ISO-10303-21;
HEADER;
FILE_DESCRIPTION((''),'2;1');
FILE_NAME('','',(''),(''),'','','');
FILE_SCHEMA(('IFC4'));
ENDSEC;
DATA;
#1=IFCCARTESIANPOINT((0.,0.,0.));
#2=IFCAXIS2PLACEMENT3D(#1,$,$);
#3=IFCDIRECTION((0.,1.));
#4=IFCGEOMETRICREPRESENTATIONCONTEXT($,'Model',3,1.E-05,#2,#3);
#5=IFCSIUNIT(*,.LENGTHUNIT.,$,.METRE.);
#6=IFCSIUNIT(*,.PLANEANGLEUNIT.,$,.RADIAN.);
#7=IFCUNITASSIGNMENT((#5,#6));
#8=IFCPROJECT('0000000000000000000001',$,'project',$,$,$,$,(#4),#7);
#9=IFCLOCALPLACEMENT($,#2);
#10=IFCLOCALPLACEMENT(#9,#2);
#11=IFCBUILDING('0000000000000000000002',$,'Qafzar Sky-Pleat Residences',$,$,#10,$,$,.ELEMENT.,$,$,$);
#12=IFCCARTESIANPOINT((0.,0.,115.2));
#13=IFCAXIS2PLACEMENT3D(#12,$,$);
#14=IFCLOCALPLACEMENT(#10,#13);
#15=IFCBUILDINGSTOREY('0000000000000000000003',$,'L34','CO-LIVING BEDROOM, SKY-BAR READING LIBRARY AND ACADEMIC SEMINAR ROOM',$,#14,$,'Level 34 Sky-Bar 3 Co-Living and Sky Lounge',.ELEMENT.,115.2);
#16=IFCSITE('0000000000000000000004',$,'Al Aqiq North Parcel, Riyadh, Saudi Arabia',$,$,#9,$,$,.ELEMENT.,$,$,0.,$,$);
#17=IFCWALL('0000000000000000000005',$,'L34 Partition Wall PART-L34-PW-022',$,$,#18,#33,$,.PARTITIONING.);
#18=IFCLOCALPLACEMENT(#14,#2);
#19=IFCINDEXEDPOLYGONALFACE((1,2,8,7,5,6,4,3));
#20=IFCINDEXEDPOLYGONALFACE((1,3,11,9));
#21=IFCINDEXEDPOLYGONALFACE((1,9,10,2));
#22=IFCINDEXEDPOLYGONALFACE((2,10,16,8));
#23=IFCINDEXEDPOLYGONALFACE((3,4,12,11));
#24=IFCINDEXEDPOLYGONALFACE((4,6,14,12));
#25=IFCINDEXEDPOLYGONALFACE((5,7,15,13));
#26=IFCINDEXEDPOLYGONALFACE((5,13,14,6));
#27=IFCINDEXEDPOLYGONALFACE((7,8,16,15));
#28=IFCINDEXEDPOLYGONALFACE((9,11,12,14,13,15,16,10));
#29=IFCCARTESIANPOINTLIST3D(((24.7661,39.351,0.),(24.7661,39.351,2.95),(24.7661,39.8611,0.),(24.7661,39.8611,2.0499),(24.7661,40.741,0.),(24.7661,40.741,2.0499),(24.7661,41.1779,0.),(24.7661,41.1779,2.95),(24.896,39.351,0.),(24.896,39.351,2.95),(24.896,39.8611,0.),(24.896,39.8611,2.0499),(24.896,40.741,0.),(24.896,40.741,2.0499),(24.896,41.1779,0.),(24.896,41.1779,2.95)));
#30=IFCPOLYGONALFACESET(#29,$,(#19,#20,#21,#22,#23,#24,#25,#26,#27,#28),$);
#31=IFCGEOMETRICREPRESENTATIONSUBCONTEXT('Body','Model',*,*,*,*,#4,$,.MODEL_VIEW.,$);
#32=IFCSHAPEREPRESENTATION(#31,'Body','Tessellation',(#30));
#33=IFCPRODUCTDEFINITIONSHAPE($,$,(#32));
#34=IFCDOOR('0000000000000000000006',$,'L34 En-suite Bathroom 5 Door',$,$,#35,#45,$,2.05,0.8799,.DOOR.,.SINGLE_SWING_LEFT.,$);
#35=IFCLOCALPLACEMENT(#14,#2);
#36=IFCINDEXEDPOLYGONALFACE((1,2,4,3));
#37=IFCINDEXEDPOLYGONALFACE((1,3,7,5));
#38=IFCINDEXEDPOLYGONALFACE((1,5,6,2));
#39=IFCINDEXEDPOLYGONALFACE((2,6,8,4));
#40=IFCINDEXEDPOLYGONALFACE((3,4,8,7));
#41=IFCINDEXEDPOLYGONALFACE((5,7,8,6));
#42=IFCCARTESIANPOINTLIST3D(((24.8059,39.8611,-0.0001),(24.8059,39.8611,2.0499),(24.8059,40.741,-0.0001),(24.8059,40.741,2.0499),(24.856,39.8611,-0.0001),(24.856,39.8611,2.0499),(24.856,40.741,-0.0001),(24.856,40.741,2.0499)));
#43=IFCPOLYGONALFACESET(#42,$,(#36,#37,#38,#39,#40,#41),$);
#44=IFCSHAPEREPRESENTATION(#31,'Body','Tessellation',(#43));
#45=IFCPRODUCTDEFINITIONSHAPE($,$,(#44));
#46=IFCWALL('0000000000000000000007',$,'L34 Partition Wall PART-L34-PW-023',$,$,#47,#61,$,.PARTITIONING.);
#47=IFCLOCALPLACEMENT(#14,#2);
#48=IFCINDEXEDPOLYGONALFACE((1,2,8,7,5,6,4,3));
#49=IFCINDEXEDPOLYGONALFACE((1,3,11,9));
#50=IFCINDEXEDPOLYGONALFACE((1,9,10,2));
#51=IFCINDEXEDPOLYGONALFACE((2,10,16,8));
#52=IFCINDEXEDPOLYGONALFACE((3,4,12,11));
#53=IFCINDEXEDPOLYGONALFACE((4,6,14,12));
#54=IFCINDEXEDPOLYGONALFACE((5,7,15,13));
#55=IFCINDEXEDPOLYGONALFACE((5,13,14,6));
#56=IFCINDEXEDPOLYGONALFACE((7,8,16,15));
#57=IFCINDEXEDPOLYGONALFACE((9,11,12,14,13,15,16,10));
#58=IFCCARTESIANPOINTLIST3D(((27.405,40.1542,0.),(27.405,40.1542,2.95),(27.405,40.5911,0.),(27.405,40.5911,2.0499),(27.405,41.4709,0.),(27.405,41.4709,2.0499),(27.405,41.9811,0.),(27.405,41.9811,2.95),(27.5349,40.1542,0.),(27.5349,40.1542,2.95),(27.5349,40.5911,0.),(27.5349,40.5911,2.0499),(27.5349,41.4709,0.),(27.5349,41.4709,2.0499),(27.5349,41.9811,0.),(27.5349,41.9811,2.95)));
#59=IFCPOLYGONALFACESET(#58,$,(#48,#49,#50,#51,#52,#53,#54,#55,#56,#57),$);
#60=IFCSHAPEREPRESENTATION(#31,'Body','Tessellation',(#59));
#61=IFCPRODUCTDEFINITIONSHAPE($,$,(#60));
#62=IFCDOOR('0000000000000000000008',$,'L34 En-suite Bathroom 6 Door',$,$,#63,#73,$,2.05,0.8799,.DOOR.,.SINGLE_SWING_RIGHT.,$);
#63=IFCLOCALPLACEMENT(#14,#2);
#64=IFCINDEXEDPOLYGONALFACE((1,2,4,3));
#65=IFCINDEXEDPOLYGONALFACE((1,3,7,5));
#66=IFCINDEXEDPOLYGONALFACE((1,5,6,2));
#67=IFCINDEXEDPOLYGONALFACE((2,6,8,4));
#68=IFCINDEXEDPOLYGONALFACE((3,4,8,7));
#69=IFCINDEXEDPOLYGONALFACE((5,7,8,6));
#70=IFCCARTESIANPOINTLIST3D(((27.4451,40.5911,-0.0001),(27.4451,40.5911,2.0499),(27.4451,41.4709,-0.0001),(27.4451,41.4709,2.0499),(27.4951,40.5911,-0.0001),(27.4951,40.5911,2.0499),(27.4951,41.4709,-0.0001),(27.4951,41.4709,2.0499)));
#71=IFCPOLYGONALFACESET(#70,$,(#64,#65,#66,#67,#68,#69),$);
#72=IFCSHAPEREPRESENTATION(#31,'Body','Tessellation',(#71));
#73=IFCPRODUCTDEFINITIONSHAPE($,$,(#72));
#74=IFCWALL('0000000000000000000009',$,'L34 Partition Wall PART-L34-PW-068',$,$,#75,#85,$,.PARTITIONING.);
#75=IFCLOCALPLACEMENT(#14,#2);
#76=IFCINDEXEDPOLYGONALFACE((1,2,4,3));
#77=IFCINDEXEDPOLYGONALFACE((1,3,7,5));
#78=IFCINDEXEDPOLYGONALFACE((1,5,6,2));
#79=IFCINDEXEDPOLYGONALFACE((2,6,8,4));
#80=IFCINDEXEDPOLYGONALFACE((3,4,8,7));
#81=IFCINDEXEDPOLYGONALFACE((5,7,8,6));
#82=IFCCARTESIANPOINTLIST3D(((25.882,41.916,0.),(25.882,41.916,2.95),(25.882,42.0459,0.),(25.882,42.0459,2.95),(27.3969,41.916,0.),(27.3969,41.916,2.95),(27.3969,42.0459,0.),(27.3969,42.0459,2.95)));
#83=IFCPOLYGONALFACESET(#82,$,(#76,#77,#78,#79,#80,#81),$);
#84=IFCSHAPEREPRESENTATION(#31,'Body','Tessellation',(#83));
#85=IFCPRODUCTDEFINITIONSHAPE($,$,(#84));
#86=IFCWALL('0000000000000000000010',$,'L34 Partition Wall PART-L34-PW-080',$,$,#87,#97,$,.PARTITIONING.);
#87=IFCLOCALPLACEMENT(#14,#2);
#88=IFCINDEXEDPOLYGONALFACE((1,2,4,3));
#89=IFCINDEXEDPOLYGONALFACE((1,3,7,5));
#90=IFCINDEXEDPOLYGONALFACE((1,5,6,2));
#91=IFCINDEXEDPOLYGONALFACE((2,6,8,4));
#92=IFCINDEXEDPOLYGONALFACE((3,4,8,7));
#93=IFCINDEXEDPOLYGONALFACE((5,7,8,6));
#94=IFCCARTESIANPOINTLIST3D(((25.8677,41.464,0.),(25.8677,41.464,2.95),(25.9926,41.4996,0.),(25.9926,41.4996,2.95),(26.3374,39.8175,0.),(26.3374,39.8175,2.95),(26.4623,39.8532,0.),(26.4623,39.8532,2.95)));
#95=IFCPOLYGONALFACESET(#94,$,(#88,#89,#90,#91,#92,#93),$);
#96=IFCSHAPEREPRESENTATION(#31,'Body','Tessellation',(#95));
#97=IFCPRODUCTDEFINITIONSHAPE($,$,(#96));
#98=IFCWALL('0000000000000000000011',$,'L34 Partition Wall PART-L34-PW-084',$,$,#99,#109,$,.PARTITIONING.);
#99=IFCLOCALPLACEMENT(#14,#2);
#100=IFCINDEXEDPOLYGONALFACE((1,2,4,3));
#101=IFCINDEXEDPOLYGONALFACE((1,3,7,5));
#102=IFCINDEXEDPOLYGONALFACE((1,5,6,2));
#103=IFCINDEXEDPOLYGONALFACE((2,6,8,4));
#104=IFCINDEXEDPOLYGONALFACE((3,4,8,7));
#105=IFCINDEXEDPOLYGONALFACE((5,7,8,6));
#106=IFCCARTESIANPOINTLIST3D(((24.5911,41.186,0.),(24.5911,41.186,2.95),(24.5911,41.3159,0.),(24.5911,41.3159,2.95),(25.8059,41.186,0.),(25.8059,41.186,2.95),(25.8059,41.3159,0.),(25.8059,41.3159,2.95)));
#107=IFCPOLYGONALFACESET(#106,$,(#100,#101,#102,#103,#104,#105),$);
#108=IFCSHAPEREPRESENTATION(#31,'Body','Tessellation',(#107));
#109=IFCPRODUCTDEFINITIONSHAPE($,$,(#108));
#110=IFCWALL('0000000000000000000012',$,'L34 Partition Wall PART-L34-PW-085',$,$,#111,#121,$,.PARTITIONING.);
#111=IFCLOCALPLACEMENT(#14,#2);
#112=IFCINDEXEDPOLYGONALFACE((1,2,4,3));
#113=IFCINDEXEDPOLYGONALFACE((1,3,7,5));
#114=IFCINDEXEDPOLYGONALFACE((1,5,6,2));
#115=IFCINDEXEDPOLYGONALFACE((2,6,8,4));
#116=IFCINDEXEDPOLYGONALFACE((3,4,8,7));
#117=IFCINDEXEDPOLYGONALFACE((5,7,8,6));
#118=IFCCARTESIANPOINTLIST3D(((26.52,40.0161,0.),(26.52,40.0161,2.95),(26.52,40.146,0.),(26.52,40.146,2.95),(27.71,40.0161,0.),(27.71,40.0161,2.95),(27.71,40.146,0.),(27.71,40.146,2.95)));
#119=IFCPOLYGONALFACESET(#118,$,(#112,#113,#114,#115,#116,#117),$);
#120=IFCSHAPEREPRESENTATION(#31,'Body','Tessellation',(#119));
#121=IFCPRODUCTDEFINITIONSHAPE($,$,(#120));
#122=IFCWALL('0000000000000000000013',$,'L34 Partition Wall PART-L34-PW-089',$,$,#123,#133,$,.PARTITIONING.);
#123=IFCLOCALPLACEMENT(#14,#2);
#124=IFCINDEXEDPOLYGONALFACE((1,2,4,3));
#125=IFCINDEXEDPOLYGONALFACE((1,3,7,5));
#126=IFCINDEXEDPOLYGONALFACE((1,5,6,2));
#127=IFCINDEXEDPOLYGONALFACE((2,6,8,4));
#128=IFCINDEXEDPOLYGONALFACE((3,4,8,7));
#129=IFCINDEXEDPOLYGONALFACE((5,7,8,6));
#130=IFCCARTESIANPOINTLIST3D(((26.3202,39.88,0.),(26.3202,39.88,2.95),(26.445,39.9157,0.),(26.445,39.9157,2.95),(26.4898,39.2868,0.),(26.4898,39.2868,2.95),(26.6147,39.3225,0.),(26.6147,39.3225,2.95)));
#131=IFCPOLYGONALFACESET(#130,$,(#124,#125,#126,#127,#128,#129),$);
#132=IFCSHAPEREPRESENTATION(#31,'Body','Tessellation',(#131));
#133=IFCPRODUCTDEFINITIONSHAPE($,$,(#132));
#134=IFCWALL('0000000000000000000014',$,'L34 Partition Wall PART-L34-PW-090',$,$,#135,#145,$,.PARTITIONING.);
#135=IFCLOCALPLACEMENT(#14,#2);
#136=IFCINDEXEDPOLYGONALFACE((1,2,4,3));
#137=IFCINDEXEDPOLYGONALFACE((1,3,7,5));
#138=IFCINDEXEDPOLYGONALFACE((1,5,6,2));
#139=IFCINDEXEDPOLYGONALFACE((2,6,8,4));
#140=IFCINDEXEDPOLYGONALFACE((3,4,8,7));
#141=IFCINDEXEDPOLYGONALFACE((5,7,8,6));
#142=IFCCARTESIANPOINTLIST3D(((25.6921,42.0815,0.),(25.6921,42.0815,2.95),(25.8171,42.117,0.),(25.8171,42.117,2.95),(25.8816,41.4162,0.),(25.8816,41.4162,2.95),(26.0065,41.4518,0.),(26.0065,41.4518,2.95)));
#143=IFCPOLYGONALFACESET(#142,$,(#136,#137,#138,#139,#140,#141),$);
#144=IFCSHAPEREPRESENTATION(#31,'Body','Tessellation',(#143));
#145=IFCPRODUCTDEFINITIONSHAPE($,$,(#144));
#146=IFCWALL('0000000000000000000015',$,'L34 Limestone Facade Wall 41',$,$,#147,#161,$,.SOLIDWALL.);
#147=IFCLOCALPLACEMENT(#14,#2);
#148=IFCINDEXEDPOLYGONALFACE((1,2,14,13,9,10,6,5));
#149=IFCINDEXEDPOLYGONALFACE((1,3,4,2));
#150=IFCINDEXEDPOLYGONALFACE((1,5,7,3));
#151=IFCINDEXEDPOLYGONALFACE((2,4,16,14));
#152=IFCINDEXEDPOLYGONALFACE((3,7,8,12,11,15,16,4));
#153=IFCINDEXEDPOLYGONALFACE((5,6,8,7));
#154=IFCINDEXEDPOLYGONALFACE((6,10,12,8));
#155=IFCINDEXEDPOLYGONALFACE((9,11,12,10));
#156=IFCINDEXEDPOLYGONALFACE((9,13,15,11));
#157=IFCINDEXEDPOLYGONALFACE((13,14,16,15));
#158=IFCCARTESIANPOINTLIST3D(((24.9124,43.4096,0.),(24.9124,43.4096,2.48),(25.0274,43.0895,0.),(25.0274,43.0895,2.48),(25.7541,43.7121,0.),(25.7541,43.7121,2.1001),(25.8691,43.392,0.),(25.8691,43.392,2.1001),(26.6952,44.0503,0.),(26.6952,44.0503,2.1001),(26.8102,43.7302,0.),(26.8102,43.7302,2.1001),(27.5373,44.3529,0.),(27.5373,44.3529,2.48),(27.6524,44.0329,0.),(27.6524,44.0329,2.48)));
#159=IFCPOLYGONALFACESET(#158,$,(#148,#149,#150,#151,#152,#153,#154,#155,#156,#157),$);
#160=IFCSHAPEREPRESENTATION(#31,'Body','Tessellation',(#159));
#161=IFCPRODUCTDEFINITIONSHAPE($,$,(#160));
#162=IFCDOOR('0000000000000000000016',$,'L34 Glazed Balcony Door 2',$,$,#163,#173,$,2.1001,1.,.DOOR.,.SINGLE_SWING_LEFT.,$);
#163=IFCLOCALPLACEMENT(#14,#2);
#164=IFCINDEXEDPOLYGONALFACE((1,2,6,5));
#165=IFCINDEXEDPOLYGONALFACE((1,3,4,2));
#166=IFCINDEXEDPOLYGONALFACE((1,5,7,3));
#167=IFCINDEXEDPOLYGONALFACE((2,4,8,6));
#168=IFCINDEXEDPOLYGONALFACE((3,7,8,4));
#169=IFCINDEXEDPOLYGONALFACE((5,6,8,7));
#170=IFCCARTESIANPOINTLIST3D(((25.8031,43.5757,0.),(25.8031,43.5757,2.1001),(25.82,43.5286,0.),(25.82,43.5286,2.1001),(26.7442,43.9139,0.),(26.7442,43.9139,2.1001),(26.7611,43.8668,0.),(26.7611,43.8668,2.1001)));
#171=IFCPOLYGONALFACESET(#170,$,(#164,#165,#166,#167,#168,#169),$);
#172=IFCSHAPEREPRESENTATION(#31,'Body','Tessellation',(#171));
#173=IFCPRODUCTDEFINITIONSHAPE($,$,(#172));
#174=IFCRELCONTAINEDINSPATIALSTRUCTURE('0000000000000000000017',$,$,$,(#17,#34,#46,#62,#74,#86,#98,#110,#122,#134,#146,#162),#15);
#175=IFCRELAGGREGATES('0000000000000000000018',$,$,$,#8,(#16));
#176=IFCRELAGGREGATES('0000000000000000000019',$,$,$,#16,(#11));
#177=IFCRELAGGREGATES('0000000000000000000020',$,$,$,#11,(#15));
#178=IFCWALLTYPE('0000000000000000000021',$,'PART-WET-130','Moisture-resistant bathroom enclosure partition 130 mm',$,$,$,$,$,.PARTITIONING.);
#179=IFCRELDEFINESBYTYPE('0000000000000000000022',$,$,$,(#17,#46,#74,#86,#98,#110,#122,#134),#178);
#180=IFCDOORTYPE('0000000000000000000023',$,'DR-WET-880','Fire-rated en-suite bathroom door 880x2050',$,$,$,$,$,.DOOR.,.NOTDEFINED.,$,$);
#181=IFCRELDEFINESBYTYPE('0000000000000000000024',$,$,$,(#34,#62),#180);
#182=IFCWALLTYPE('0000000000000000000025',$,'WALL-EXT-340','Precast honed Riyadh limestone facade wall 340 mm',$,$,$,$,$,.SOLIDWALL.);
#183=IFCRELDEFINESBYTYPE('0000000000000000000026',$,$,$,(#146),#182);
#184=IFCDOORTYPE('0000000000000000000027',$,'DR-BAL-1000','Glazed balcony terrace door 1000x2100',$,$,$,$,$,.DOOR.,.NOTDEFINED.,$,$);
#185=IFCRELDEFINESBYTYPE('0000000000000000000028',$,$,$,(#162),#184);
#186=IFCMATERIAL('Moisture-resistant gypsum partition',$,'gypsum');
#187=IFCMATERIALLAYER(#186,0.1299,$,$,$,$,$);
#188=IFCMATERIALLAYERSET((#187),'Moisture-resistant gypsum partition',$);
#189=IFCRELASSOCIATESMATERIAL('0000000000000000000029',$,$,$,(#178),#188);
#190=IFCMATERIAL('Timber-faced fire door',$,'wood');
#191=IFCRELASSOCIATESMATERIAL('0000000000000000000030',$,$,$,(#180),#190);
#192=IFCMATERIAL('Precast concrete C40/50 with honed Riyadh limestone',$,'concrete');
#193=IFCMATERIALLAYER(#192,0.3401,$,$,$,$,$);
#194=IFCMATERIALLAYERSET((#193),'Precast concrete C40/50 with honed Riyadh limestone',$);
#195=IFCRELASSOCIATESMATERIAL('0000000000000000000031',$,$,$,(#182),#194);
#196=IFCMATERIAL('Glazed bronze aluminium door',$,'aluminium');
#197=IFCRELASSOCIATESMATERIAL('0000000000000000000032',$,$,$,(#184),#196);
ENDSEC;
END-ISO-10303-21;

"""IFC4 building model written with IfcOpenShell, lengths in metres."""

from ifc_helpers import new_model, si_unit, direction, frame, frame_2d, origin, place, context, subcontext, project, spatial, rectangle, extrude, source, transform, mapped, material, layer, layer_set, type_object, element, fill, save


model = new_model("IFC4")

# Units and contexts
model_context = context("Model", 3, precision=1e-05, world=origin(), true_north=direction((0.0, 1.0)))
body_context = subcontext(model_context, "Body", "Model", "MODEL_VIEW")
ifc_project = project(units=[si_unit("LENGTHUNIT", "METRE"), si_unit("PLANEANGLEUNIT", "RADIAN")], contexts=[model_context])

# Site, building, storey
site_placement = place(None, origin())
site = spatial("IfcSite", under=ifc_project, at=site_placement, Name="Al Aqiq North Parcel, Riyadh, Saudi Arabia", CompositionType="ELEMENT", RefElevation=0.0)
building_placement = place(site_placement, origin())
building = spatial("IfcBuilding", under=site, at=building_placement, Name="Qafzar Sky-Pleat Residences", CompositionType="ELEMENT")
storey_placement = place(building_placement, frame((0.0, 0.0, 115.2)))
storey = spatial("IfcBuildingStorey", under=building, at=storey_placement, Name="L34", Description="CO-LIVING BEDROOM, SKY-BAR READING LIBRARY AND ACADEMIC SEMINAR ROOM", LongName="Level 34 Sky-Bar 3 Co-Living and Sky Lounge", CompositionType="ELEMENT", Elevation=115.2)

# Walls, openings, doors
ifc_material_1 = material(Name="Moisture-resistant gypsum partition", Category="gypsum")
ifc_layer_1 = layer(ifc_material_1, 0.1299)
ifc_layer_set_1 = layer_set([ifc_layer_1], Name="Moisture-resistant gypsum partition")
wall_type_1 = type_object("IfcWallType", Name="PART-WET-130", Description="Moisture-resistant bathroom enclosure partition 130 mm", PredefinedType="PARTITIONING", material=ifc_layer_set_1)
wall_1_placement = place(storey_placement, frame((24.8311, 41.178, 0.0), z_axis=(0.0, 0.0, 1.0), x_axis=(0.0, -1.0, 0.0)))
wall_1 = element("IfcWall", 1, at=wall_1_placement, inside=storey, type_object=wall_type_1, Name="L34 Partition Wall PART-L34-PW-022", PredefinedType="PARTITIONING", context=body_context, shape_type="SweptSolid", body=[
    extrude(rectangle(XDim=1.8269, YDim=0.1299, at=frame_2d((0.9136, 0.0))), origin(), (0.0, 0.0, 1.0), 2.95),
])
opening_1_placement = place(wall_1_placement, frame((0.437, 0.0, 0.0)))
opening_1 = element("IfcOpeningElement", 2, at=opening_1_placement, cuts=wall_1, PredefinedType="OPENING", context=body_context, shape_type="SweptSolid", body=[
    extrude(rectangle(XDim=0.8799, YDim=2.05, at=frame_2d((0.4399, 1.0249))), frame((0.0, 0.075, 0.0), z_axis=(0.0, -1.0, 0.0), x_axis=(1.0, 0.0, 0.0)), (0.0, 0.0, 1.0), 0.1499),
])
ifc_material_2 = material(Name="Timber-faced fire door", Category="wood")
door_type_1 = type_object("IfcDoorType", Name="DR-WET-880", Description="Fire-rated en-suite bathroom door 880x2050", OperationType="NOTDEFINED", PredefinedType="DOOR", material=ifc_material_2)
shared_shape_1 = source(origin(), body_context, "Body", "SweptSolid", [
    extrude(rectangle(XDim=0.8799, YDim=2.05, at=frame_2d((0.4399, 1.0249))), frame((0.0, 0.0249, 0.0), z_axis=(0.0, -1.0, 0.0), x_axis=(1.0, 0.0, 0.0)), (0.0, 0.0, 1.0), 0.05),
])
door_1_placement = place(opening_1_placement, origin())
door_1 = element("IfcDoor", 3, at=door_1_placement, inside=storey, type_object=door_type_1, Name="L34 En-suite Bathroom 5 Door", OperationType="SINGLE_SWING_LEFT", OverallHeight=2.05, OverallWidth=0.8799, PredefinedType="DOOR", context=body_context, shape_type="MappedRepresentation", body=[
    mapped(shared_shape_1, transform((0.0, 0.0, 0.0), x_axis=(1.0, 0.0, 0.0), y_axis=(0.0, 1.0, 0.0), z_axis=(0.0, 0.0, 1.0), scale=1.0)),
])
fill(opening_1, door_1)
wall_2_placement = place(storey_placement, frame((27.47, 40.1541, 0.0), z_axis=(0.0, 0.0, 1.0), x_axis=(0.0, 1.0, 0.0)))
wall_2 = element("IfcWall", 4, at=wall_2_placement, inside=storey, type_object=wall_type_1, Name="L34 Partition Wall PART-L34-PW-023", PredefinedType="PARTITIONING", context=body_context, shape_type="SweptSolid", body=[
    extrude(rectangle(XDim=1.8269, YDim=0.1299, at=frame_2d((0.9136, 0.0))), origin(), (0.0, 0.0, 1.0), 2.95),
])
opening_2_placement = place(wall_2_placement, frame((0.437, 0.0, 0.0)))
opening_2 = element("IfcOpeningElement", 5, at=opening_2_placement, cuts=wall_2, PredefinedType="OPENING", context=body_context, shape_type="SweptSolid", body=[
    extrude(rectangle(XDim=0.8799, YDim=2.05, at=frame_2d((0.4399, 1.0249))), frame((0.0, 0.075, 0.0), z_axis=(0.0, -1.0, 0.0), x_axis=(1.0, 0.0, 0.0)), (0.0, 0.0, 1.0), 0.1499),
])
door_2_placement = place(opening_2_placement, origin())
door_2 = element("IfcDoor", 6, at=door_2_placement, inside=storey, type_object=door_type_1, Name="L34 En-suite Bathroom 6 Door", OperationType="SINGLE_SWING_RIGHT", OverallHeight=2.05, OverallWidth=0.8799, PredefinedType="DOOR", context=body_context, shape_type="MappedRepresentation", body=[
    mapped(shared_shape_1, transform((0.0, 0.0, 0.0), x_axis=(1.0, 0.0, 0.0), y_axis=(0.0, 1.0, 0.0), z_axis=(0.0, 0.0, 1.0), scale=1.0)),
])
fill(opening_2, door_2)

# Walls
wall_3_placement = place(storey_placement, frame((25.8821, 41.981, 0.0), z_axis=(0.0, 0.0, 1.0), x_axis=(1.0, 0.0, 0.0)))
element("IfcWall", 7, at=wall_3_placement, inside=storey, type_object=wall_type_1, Name="L34 Partition Wall PART-L34-PW-068", PredefinedType="PARTITIONING", context=body_context, shape_type="SweptSolid", body=[
    extrude(rectangle(XDim=1.5149, YDim=0.1299, at=frame_2d((0.7573, 0.0))), origin(), (0.0, 0.0, 1.0), 2.95),
])
wall_4_placement = place(storey_placement, frame((25.9302, 41.4817, 0.0), z_axis=(0.0, 0.0, 1.0), x_axis=(0.274344, -0.961631, 0.0)))
element("IfcWall", 8, at=wall_4_placement, inside=storey, type_object=wall_type_1, Name="L34 Partition Wall PART-L34-PW-080", PredefinedType="PARTITIONING", context=body_context, shape_type="SweptSolid", body=[
    extrude(rectangle(XDim=1.7122, YDim=0.1299, at=frame_2d((0.856, 0.0))), origin(), (0.0, 0.0, 1.0), 2.95),
])
wall_5_placement = place(storey_placement, frame((24.5911, 41.251, 0.0), z_axis=(0.0, 0.0, 1.0), x_axis=(1.0, 0.0, 0.0)))
element("IfcWall", 9, at=wall_5_placement, inside=storey, type_object=wall_type_1, Name="L34 Partition Wall PART-L34-PW-084", PredefinedType="PARTITIONING", context=body_context, shape_type="SweptSolid", body=[
    extrude(rectangle(XDim=1.2148, YDim=0.1299, at=frame_2d((0.6074, 0.0))), origin(), (0.0, 0.0, 1.0), 2.95),
])
wall_6_placement = place(storey_placement, frame((26.52, 40.0811, 0.0), z_axis=(0.0, 0.0, 1.0), x_axis=(1.0, 0.0, 0.0)))
element("IfcWall", 10, at=wall_6_placement, inside=storey, type_object=wall_type_1, Name="L34 Partition Wall PART-L34-PW-085", PredefinedType="PARTITIONING", context=body_context, shape_type="SweptSolid", body=[
    extrude(rectangle(XDim=1.1899, YDim=0.1299, at=frame_2d((0.595, 0.0))), origin(), (0.0, 0.0, 1.0), 2.95),
])
wall_7_placement = place(storey_placement, frame((26.3826, 39.8979, 0.0), z_axis=(0.0, 0.0, 1.0), x_axis=(0.274982, -0.961449, 0.0)))
element("IfcWall", 11, at=wall_7_placement, inside=storey, type_object=wall_type_1, Name="L34 Partition Wall PART-L34-PW-089", PredefinedType="PARTITIONING", context=body_context, shape_type="SweptSolid", body=[
    extrude(rectangle(XDim=0.6169, YDim=0.1299, at=frame_2d((0.3086, 0.0))), origin(), (0.0, 0.0, 1.0), 2.95),
])
wall_8_placement = place(storey_placement, frame((25.7546, 42.0991, 0.0), z_axis=(0.0, 0.0, 1.0), x_axis=(0.273882, -0.961763, 0.0)))
element("IfcWall", 12, at=wall_8_placement, inside=storey, type_object=wall_type_1, Name="L34 Partition Wall PART-L34-PW-090", PredefinedType="PARTITIONING", context=body_context, shape_type="SweptSolid", body=[
    extrude(rectangle(XDim=0.6917, YDim=0.1299, at=frame_2d((0.3457, 0.0))), origin(), (0.0, 0.0, 1.0), 2.95),
])

# Wall, opening, door
ifc_material_3 = material(Name="Precast concrete C40/50 with honed Riyadh limestone", Category="concrete")
ifc_layer_2 = layer(ifc_material_3, 0.3401)
ifc_layer_set_2 = layer_set([ifc_layer_2], Name="Precast concrete C40/50 with honed Riyadh limestone")
wall_type_2 = type_object("IfcWallType", Name="WALL-EXT-340", Description="Precast honed Riyadh limestone facade wall 340 mm", PredefinedType="SOLIDWALL", material=ifc_layer_set_2)
wall_9_placement = place(storey_placement, frame((27.5947, 44.1929, 0.0), z_axis=(0.0, 0.0, 1.0), x_axis=(-0.941075, -0.338199, 0.0)))
wall_9 = element("IfcWall", 13, at=wall_9_placement, inside=storey, type_object=wall_type_2, Name="L34 Limestone Facade Wall 41", PredefinedType="SOLIDWALL", context=body_context, shape_type="SweptSolid", body=[
    extrude(rectangle(XDim=2.7893, YDim=0.3401, at=frame_2d((1.3945, 0.0))), origin(), (0.0, 0.0, 1.0), 2.48),
])
opening_3_placement = place(wall_9_placement, frame((0.8948, 0.0, 0.0)))
opening_3 = element("IfcOpeningElement", 14, at=opening_3_placement, cuts=wall_9, PredefinedType="OPENING", context=body_context, shape_type="SweptSolid", body=[
    extrude(rectangle(XDim=1.0, YDim=2.1001, at=frame_2d((0.5, 1.05))), frame((0.0, 0.1802, 0.0), z_axis=(0.0, -1.0, 0.0), x_axis=(1.0, 0.0, 0.0)), (0.0, 0.0, 1.0), 0.3601),
])
ifc_material_4 = material(Name="Glazed bronze aluminium door", Category="aluminium")
door_type_2 = type_object("IfcDoorType", Name="DR-BAL-1000", Description="Glazed balcony terrace door 1000x2100", OperationType="NOTDEFINED", PredefinedType="DOOR", material=ifc_material_4)
shared_shape_2 = source(origin(), body_context, "Body", "SweptSolid", [
    extrude(rectangle(XDim=1.0, YDim=2.1001, at=frame_2d((0.5, 1.05))), frame((0.0, 0.0249, 0.0), z_axis=(0.0, -1.0, 0.0), x_axis=(1.0, 0.0, 0.0)), (0.0, 0.0, 1.0), 0.05),
])
door_3_placement = place(opening_3_placement, origin())
door_3 = element("IfcDoor", 15, at=door_3_placement, inside=storey, type_object=door_type_2, Name="L34 Glazed Balcony Door 2", OperationType="SINGLE_SWING_LEFT", OverallHeight=2.1001, OverallWidth=1.0, PredefinedType="DOOR", context=body_context, shape_type="MappedRepresentation", body=[
    mapped(shared_shape_2, transform((0.0, 0.0, 0.0), x_axis=(1.0, 0.0, 0.0), y_axis=(0.0, 1.0, 0.0), z_axis=(0.0, 0.0, 1.0), scale=1.0)),
])
fill(opening_3, door_3)

save(model, "model.ifc")
